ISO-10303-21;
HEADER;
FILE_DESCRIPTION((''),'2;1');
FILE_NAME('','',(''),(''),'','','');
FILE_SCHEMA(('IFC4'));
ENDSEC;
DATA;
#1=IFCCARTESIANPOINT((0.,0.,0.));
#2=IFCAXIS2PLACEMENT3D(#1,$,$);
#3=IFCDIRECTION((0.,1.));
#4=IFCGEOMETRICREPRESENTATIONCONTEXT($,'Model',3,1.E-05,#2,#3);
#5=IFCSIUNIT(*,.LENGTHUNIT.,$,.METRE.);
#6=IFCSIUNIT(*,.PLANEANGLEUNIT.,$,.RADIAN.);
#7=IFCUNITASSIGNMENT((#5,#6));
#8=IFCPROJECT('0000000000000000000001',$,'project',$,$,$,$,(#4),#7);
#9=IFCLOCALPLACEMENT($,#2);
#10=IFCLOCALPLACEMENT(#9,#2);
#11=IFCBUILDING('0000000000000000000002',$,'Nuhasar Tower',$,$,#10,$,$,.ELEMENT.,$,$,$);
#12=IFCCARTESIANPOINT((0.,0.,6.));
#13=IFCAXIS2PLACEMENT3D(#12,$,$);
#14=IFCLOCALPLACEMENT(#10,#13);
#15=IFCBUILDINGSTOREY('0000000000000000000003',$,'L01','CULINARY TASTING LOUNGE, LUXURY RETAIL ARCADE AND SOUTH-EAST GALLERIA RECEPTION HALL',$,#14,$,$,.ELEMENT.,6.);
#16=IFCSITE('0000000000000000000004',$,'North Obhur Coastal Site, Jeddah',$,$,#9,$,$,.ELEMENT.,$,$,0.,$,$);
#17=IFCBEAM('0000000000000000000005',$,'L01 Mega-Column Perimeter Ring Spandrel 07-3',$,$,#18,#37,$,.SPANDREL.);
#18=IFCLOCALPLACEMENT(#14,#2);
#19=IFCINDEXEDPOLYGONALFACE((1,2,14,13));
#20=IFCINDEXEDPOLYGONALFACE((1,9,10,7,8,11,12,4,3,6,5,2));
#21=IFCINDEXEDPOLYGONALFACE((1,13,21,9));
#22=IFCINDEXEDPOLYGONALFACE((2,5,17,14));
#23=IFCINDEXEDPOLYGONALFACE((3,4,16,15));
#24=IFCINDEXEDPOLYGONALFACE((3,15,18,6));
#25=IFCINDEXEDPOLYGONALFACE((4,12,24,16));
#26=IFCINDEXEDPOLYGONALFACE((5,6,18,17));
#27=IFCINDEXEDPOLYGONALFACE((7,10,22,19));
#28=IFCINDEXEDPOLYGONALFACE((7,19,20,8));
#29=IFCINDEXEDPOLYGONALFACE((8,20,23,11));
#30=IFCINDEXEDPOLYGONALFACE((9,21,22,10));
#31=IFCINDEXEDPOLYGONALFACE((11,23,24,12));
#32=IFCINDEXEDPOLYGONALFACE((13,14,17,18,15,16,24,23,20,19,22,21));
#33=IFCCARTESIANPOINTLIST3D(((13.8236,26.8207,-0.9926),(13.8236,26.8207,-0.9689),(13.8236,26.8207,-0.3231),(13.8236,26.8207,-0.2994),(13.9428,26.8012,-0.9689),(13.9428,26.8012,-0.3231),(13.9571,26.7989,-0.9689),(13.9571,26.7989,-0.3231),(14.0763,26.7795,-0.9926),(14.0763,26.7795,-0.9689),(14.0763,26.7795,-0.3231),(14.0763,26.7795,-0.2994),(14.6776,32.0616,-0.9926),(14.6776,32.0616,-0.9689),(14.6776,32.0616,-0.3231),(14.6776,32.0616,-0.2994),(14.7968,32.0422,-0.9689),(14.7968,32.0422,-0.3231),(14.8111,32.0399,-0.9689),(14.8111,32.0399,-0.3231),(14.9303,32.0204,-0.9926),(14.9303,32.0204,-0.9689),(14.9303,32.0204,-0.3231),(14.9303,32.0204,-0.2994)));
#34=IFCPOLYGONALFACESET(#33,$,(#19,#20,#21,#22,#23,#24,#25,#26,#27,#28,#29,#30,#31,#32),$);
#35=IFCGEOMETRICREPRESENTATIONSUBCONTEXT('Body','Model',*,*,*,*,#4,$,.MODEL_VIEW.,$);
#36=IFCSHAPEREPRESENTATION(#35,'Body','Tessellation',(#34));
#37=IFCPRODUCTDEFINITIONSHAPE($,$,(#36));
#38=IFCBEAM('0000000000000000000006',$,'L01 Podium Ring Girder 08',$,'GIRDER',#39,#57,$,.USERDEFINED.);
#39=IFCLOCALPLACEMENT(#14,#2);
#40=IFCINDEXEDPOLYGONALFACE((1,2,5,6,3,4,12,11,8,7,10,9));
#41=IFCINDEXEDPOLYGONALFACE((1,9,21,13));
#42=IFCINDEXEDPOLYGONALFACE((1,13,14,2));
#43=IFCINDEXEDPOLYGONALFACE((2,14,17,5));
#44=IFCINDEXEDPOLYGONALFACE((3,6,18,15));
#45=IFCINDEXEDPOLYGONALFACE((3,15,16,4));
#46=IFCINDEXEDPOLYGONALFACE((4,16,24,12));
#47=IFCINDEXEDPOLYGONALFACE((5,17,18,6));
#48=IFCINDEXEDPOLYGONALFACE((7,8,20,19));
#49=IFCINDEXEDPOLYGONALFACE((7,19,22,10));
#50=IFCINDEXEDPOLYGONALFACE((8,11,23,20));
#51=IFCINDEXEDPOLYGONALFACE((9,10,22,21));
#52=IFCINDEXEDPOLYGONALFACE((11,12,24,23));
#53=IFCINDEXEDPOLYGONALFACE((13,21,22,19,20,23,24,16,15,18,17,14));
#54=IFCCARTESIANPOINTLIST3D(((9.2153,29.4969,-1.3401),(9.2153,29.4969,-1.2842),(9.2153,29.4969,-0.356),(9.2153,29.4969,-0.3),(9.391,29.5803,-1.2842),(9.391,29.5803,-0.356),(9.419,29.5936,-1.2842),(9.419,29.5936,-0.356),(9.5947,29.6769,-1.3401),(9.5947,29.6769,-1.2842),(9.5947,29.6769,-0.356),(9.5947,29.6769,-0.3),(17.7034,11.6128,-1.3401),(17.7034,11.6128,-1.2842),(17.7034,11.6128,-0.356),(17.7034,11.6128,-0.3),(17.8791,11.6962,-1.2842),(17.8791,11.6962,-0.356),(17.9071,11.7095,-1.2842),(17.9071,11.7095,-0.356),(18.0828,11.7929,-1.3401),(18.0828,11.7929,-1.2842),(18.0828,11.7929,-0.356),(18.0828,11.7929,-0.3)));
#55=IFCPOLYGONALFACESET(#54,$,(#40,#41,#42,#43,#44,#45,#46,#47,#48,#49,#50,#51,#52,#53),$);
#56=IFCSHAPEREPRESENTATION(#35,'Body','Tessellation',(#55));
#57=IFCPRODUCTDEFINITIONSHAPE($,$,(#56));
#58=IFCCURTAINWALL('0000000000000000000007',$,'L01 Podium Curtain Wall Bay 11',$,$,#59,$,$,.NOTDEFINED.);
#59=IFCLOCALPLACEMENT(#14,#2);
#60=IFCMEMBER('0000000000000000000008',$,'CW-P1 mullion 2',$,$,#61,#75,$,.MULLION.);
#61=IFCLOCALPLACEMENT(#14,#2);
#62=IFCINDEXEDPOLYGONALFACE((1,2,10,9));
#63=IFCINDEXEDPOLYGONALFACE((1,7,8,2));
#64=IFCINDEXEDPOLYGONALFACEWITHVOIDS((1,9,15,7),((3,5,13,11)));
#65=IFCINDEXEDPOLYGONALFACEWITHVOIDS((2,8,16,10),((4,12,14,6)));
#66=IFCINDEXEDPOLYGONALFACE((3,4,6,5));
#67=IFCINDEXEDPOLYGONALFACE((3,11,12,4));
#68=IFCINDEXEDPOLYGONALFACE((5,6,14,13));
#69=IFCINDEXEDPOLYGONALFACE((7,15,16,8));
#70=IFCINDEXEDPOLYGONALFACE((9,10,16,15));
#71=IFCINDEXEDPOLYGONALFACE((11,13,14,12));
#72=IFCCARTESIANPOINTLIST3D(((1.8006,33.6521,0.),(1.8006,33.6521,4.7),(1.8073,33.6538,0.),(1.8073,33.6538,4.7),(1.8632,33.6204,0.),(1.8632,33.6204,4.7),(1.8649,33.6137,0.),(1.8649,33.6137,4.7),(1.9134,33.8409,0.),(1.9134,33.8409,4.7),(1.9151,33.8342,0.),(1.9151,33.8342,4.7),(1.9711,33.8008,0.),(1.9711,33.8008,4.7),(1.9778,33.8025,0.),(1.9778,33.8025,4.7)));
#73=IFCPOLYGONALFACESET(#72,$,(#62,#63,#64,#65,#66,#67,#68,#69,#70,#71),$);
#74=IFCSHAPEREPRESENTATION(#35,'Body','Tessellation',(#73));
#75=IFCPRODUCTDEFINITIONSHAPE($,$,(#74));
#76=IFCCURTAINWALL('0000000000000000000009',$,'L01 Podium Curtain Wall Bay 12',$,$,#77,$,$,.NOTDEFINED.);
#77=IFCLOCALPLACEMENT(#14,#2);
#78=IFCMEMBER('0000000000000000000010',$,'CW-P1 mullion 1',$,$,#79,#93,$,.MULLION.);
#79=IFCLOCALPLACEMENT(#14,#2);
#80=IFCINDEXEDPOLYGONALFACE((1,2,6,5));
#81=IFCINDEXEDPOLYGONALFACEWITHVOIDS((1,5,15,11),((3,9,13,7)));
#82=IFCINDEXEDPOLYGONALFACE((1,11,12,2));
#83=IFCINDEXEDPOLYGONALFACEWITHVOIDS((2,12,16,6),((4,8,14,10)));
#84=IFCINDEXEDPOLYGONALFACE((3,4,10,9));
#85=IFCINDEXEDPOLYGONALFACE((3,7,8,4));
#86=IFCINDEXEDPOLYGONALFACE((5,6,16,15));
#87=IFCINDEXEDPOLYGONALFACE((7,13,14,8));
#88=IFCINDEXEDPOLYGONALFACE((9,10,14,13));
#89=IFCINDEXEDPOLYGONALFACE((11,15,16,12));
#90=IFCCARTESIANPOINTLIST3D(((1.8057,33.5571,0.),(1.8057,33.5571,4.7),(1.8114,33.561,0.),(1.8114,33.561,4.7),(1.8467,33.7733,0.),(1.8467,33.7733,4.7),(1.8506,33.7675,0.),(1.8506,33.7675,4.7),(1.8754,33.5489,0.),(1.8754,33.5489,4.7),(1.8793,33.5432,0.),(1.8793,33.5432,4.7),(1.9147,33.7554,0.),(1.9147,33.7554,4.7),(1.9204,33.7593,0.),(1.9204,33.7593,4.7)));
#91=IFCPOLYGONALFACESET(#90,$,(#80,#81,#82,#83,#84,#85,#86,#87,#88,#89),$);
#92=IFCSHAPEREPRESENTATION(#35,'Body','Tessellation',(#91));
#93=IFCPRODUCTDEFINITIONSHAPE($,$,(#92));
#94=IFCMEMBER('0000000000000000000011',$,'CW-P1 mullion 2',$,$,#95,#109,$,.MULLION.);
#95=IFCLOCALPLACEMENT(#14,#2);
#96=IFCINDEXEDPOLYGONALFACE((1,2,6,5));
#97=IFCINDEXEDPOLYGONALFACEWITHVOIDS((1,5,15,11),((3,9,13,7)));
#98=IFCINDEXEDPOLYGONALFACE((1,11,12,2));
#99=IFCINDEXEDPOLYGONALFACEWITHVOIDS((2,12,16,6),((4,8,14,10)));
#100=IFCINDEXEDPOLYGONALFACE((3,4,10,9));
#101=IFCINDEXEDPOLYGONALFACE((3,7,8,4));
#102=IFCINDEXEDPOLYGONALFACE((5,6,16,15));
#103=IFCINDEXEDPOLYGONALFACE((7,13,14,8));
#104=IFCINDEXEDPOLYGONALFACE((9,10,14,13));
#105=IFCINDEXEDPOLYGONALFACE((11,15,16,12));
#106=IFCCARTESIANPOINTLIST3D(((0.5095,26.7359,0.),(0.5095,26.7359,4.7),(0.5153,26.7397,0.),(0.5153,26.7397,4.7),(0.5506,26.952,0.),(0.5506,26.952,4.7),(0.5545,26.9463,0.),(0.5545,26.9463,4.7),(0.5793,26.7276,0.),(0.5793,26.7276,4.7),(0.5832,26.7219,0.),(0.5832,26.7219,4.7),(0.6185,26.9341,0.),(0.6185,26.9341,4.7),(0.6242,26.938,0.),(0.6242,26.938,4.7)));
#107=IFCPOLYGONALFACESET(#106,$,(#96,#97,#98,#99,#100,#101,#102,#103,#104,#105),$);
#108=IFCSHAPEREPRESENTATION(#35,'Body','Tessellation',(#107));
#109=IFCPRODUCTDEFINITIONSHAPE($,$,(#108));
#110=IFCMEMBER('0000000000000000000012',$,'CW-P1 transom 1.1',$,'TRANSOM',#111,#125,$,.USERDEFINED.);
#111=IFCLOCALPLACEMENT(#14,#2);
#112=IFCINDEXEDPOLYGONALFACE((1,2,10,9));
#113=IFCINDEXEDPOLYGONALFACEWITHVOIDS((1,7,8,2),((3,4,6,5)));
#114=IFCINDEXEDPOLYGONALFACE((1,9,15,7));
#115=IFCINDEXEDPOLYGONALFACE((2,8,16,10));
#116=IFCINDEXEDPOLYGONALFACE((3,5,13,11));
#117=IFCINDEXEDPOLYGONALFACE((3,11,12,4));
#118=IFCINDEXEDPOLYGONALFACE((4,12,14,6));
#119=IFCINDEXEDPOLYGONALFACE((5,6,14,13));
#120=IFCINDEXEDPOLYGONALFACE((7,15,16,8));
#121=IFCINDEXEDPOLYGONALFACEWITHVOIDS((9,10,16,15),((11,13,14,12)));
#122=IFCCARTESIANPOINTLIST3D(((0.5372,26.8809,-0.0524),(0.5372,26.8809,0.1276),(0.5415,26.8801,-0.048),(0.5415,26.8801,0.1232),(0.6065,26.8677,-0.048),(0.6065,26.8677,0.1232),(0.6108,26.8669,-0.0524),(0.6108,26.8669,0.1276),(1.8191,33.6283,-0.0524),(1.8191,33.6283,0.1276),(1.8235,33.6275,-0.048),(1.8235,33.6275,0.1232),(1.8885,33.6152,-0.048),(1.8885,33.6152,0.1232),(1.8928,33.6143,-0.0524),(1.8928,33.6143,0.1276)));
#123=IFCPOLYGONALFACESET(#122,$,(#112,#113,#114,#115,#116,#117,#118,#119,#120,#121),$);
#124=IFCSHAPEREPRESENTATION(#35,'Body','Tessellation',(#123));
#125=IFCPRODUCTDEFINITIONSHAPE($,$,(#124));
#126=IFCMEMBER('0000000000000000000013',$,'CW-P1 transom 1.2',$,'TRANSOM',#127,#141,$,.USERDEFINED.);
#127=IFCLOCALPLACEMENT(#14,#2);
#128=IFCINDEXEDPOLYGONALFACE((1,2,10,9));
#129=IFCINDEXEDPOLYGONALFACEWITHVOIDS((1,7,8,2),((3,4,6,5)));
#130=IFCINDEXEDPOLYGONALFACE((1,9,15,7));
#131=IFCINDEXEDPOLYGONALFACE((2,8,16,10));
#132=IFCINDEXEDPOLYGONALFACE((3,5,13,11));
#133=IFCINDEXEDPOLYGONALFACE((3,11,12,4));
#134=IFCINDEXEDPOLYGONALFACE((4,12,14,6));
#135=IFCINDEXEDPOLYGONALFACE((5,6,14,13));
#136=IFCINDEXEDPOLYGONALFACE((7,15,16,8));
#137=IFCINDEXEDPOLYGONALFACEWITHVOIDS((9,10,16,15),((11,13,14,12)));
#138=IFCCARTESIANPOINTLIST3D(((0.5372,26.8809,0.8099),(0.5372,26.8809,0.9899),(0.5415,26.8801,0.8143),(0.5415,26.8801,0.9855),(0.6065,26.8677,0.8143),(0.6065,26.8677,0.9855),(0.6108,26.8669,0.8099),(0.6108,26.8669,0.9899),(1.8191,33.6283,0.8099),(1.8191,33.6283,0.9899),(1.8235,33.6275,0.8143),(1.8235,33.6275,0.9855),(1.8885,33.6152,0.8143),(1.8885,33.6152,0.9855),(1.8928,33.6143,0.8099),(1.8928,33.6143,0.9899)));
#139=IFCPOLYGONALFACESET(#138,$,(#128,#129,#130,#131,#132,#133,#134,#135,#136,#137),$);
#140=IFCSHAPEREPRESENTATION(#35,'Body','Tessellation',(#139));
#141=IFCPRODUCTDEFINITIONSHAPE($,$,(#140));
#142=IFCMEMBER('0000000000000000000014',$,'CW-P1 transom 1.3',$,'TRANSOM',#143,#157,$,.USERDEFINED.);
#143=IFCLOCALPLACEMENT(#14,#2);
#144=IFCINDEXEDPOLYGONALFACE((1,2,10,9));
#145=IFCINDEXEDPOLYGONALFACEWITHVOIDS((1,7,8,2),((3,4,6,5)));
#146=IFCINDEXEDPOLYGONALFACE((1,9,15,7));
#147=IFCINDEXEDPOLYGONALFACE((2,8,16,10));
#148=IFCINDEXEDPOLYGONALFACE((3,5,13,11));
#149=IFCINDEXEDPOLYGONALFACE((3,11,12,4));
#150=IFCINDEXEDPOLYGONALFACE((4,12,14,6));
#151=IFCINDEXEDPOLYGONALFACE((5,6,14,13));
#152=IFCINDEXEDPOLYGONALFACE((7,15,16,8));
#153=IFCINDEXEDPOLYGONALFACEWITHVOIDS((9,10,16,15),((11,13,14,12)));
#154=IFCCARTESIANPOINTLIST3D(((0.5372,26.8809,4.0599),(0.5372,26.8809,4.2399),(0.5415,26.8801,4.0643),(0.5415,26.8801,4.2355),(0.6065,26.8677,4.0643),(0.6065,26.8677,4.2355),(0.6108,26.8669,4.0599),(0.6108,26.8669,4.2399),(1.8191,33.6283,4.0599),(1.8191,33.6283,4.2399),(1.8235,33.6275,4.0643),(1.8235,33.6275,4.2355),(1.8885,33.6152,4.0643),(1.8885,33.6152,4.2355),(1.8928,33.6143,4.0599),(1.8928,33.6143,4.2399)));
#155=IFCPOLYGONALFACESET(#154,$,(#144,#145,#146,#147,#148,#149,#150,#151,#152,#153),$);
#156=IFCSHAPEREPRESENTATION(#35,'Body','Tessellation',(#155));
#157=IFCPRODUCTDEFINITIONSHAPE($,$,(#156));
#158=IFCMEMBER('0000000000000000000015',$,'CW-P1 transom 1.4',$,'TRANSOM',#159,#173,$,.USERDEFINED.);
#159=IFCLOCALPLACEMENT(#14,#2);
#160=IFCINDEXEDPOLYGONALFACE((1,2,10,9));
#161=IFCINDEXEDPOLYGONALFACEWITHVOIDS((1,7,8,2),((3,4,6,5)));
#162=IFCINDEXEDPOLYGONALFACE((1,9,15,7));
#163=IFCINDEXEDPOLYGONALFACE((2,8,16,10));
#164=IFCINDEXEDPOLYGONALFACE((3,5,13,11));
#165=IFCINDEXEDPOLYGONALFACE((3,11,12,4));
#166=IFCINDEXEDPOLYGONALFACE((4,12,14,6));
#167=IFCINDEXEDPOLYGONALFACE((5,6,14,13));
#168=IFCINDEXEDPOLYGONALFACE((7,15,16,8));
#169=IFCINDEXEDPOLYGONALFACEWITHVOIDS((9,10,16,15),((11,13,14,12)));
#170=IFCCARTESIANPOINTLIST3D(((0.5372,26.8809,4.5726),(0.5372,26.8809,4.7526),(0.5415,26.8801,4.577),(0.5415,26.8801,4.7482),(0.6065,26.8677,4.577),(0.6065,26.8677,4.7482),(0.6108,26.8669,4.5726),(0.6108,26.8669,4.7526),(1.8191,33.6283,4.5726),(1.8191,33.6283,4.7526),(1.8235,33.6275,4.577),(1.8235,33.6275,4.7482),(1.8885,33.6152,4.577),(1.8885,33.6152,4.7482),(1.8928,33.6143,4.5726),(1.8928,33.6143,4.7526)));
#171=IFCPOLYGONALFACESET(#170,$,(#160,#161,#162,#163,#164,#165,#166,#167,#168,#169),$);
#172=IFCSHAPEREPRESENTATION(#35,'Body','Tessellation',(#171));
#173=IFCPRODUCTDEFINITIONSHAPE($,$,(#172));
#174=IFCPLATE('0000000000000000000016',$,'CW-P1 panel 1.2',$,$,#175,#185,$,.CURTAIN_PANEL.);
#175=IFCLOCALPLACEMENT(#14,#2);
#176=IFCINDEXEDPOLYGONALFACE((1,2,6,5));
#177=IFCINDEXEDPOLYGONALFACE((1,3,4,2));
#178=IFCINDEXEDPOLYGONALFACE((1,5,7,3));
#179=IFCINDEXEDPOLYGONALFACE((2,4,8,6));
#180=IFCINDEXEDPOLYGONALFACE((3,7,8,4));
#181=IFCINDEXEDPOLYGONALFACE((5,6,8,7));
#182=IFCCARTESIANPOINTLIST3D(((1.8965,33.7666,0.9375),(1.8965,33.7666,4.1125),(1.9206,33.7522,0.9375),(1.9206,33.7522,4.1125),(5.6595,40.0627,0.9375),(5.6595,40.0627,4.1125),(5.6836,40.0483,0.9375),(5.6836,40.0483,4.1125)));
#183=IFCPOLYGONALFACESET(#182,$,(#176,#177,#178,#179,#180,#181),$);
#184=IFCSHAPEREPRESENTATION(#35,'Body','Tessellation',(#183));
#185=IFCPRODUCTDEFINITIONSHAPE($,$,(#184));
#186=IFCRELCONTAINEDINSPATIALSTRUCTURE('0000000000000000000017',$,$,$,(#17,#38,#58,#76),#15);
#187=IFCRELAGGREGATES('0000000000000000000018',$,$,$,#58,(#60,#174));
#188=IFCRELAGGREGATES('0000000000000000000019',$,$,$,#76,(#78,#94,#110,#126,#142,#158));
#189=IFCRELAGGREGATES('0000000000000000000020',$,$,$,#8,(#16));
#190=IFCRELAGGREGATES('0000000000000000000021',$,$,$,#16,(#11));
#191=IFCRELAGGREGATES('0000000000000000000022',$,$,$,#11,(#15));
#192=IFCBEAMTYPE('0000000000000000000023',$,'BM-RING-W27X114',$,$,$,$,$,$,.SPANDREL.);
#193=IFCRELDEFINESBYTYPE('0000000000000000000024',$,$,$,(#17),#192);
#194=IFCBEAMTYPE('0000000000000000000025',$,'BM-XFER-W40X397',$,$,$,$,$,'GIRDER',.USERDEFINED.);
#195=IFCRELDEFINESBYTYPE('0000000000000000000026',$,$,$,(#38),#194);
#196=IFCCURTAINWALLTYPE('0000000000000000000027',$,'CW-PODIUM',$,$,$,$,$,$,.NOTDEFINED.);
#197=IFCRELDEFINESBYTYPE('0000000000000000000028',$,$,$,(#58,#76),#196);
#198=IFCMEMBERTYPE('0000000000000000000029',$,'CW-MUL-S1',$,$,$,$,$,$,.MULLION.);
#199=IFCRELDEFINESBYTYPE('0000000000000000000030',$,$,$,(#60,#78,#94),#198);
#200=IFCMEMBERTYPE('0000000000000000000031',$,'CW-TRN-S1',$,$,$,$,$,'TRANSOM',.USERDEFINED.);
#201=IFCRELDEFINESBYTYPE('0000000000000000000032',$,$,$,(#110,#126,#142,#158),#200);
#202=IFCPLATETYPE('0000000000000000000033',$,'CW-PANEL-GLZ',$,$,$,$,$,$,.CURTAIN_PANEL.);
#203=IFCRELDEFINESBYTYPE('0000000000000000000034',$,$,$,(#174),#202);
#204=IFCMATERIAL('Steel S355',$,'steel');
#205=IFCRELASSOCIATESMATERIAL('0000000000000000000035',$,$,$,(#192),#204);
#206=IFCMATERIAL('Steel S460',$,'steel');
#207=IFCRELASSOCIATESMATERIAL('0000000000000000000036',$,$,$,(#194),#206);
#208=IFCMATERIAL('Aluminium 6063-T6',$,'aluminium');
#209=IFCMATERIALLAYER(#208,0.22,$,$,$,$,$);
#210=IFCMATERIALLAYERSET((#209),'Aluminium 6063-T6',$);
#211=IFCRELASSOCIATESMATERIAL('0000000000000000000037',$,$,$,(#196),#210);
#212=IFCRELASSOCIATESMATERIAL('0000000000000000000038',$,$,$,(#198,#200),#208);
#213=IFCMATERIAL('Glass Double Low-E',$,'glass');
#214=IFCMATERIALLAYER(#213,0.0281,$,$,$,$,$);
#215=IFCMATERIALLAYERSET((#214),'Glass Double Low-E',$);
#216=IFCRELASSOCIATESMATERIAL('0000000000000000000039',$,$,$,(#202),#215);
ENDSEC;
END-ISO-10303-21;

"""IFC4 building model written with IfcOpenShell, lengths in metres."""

from ifc_helpers import new_model, si_unit, direction, frame, origin, origin_2d, place, context, subcontext, project, spatial, rectangle, hollow_rectangle, i_section, extrude, material, layer, layer_set, material_profile, profile_set, type_object, element, aggregate, save


model = new_model("IFC4")

# Units and contexts
model_context = context("Model", 3, precision=1e-05, world=origin(), true_north=direction((0.0, 1.0)))
body_context = subcontext(model_context, "Body", "Model", "MODEL_VIEW")
ifc_project = project(units=[si_unit("LENGTHUNIT", "METRE"), si_unit("PLANEANGLEUNIT", "RADIAN")], contexts=[model_context])

# Site, building, storey
site_placement = place(None, origin())
site = spatial("IfcSite", under=ifc_project, at=site_placement, Name="North Obhur Coastal Site, Jeddah", CompositionType="ELEMENT", RefElevation=0.0)
building_placement = place(site_placement, origin())
building = spatial("IfcBuilding", under=site, at=building_placement, Name="Nuhasar Tower", CompositionType="ELEMENT")
storey_placement = place(building_placement, frame((0.0, 0.0, 6.0)))
storey = spatial("IfcBuildingStorey", under=building, at=storey_placement, Name="L01", Description="CULINARY TASTING LOUNGE, LUXURY RETAIL ARCADE AND SOUTH-EAST GALLERIA RECEPTION HALL", CompositionType="ELEMENT", Elevation=6.0)

# Beams
ifc_material_1 = material(Name="Steel S355", Category="steel")
ifc_material_profile_1 = material_profile(ifc_material_1, i_section(OverallWidth=0.2561, OverallDepth=0.6931, WebThickness=0.0144, FlangeThickness=0.0237, at=origin_2d()), Name="W27X114")
ifc_profile_set_1 = profile_set([ifc_material_profile_1], Name="Steel S355")
beam_type_1 = type_object("IfcBeamType", Name="BM-RING-W27X114", PredefinedType="SPANDREL", material=ifc_profile_set_1)
beam_1_placement = place(storey_placement, frame((14.804, 32.041, -0.646), z_axis=(-0.160827, -0.986983, 0.0), x_axis=(0.986983, -0.160827, 0.0)))
element("IfcBeam", 1, at=beam_1_placement, inside=storey, type_object=beam_type_1, Name="L01 Mega-Column Perimeter Ring Spandrel 07-3", PredefinedType="SPANDREL", context=body_context, shape_type="SweptSolid", body=[
    extrude(i_section(OverallWidth=0.2561, OverallDepth=0.6931, WebThickness=0.0144, FlangeThickness=0.0237, at=origin_2d()), origin(), (0.0, 0.0, 1.0), 5.3101),
])
ifc_material_2 = material(Name="Steel S460", Category="steel")
ifc_material_profile_2 = material_profile(ifc_material_2, i_section(OverallWidth=0.4199, OverallDepth=1.04, WebThickness=0.031, FlangeThickness=0.0559, at=origin_2d()), Name="W40X397")
ifc_profile_set_2 = profile_set([ifc_material_profile_2], Name="Steel S460")
beam_type_2 = type_object("IfcBeamType", Name="BM-XFER-W40X397", ElementType="GIRDER", PredefinedType="USERDEFINED", material=ifc_profile_set_2)
beam_2_placement = place(storey_placement, frame((9.405, 29.5869, -0.8201), z_axis=(0.428773, -0.903412, 0.0), x_axis=(0.903412, 0.428773, 0.0)))
element("IfcBeam", 2, at=beam_2_placement, inside=storey, type_object=beam_type_2, Name="L01 Podium Ring Girder 08", ObjectType="GIRDER", PredefinedType="USERDEFINED", context=body_context, shape_type="SweptSolid", body=[
    extrude(i_section(OverallWidth=0.4199, OverallDepth=1.04, WebThickness=0.031, FlangeThickness=0.0559, at=origin_2d()), origin(), (0.0, 0.0, 1.0), 19.7961),
])

# Curtain wall, member
ifc_material_3 = material(Name="Aluminium 6063-T6", Category="aluminium")
ifc_layer_1 = layer(ifc_material_3, 0.22)
ifc_layer_set_1 = layer_set([ifc_layer_1], Name="Aluminium 6063-T6")
curtain_wall_type = type_object("IfcCurtainWallType", Name="CW-PODIUM", PredefinedType="NOTDEFINED", material=ifc_layer_set_1)
curtain_wall_1_placement = place(storey_placement, origin())
curtain_wall_1 = element("IfcCurtainWall", 3, at=curtain_wall_1_placement, inside=storey, type_object=curtain_wall_type, Name="L01 Podium Curtain Wall Bay 11", PredefinedType="NOTDEFINED")
ifc_material_profile_3 = material_profile(ifc_material_3, hollow_rectangle(XDim=0.075, YDim=0.22, WallThickness=0.0049, at=origin_2d()), Name="CWM-1")
ifc_profile_set_3 = profile_set([ifc_material_profile_3], Name="Aluminium 6063-T6")
member_type_1 = type_object("IfcMemberType", Name="CW-MUL-S1", PredefinedType="MULLION", material=ifc_profile_set_3)
member_1_placement = place(storey_placement, frame((1.8892, 33.7273, 0.0), z_axis=(0.0, 0.0, 1.0), x_axis=(0.858376, -0.513021, 0.0)))
member_1 = element("IfcMember", 4, at=member_1_placement, type_object=member_type_1, Name="CW-P1 mullion 2", PredefinedType="MULLION", context=body_context, shape_type="SweptSolid", body=[
    extrude(hollow_rectangle(XDim=0.075, YDim=0.22, WallThickness=0.0049, at=origin_2d()), origin(), (0.0, 0.0, 1.0), 4.7),
])

# Curtain wall, members
curtain_wall_2_placement = place(storey_placement, origin())
curtain_wall_2 = element("IfcCurtainWall", 5, at=curtain_wall_2_placement, inside=storey, type_object=curtain_wall_type, Name="L01 Podium Curtain Wall Bay 12", PredefinedType="NOTDEFINED")
member_2_placement = place(storey_placement, frame((1.863, 33.6582, 0.0), z_axis=(0.0, 0.0, 1.0), x_axis=(0.982426, -0.186654, 0.0)))
member_2 = element("IfcMember", 6, at=member_2_placement, type_object=member_type_1, Name="CW-P1 mullion 1", PredefinedType="MULLION", context=body_context, shape_type="SweptSolid", body=[
    extrude(hollow_rectangle(XDim=0.075, YDim=0.22, WallThickness=0.0049, at=origin_2d()), origin(), (0.0, 0.0, 1.0), 4.7),
])
member_3_placement = place(storey_placement, frame((0.5669, 26.8369, 0.0), z_axis=(0.0, 0.0, 1.0), x_axis=(0.982426, -0.186654, 0.0)))
member_3 = element("IfcMember", 7, at=member_3_placement, type_object=member_type_1, Name="CW-P1 mullion 2", PredefinedType="MULLION", context=body_context, shape_type="SweptSolid", body=[
    extrude(hollow_rectangle(XDim=0.075, YDim=0.22, WallThickness=0.0049, at=origin_2d()), origin(), (0.0, 0.0, 1.0), 4.7),
])
ifc_material_profile_4 = material_profile(ifc_material_3, hollow_rectangle(XDim=0.075, YDim=0.1799, WallThickness=0.0044, at=origin_2d()), Name="CWT-1")
ifc_profile_set_4 = profile_set([ifc_material_profile_4], Name="Aluminium 6063-T6")
member_type_2 = type_object("IfcMemberType", Name="CW-TRN-S1", ElementType="TRANSOM", PredefinedType="USERDEFINED", material=ifc_profile_set_4)
member_4_placement = place(storey_placement, frame((1.856, 33.6213, 0.0376), z_axis=(-0.186653, -0.982426, 0.0), x_axis=(0.982426, -0.186653, 0.0)))
member_4 = element("IfcMember", 8, at=member_4_placement, type_object=member_type_2, Name="CW-P1 transom 1.1", ObjectType="TRANSOM", PredefinedType="USERDEFINED", context=body_context, shape_type="SweptSolid", body=[
    extrude(hollow_rectangle(XDim=0.075, YDim=0.1799, WallThickness=0.0044, at=origin_2d()), origin(), (0.0, 0.0, 1.0), 6.8682),
])
member_5_placement = place(storey_placement, frame((1.856, 33.6213, 0.8999), z_axis=(-0.186653, -0.982426, 0.0), x_axis=(0.982426, -0.186653, 0.0)))
member_5 = element("IfcMember", 9, at=member_5_placement, type_object=member_type_2, Name="CW-P1 transom 1.2", ObjectType="TRANSOM", PredefinedType="USERDEFINED", context=body_context, shape_type="SweptSolid", body=[
    extrude(hollow_rectangle(XDim=0.075, YDim=0.1799, WallThickness=0.0044, at=origin_2d()), origin(), (0.0, 0.0, 1.0), 6.8682),
])
member_6_placement = place(storey_placement, frame((1.856, 33.6213, 4.1499), z_axis=(-0.186653, -0.982426, 0.0), x_axis=(0.982426, -0.186653, 0.0)))
member_6 = element("IfcMember", 10, at=member_6_placement, type_object=member_type_2, Name="CW-P1 transom 1.3", ObjectType="TRANSOM", PredefinedType="USERDEFINED", context=body_context, shape_type="SweptSolid", body=[
    extrude(hollow_rectangle(XDim=0.075, YDim=0.1799, WallThickness=0.0044, at=origin_2d()), origin(), (0.0, 0.0, 1.0), 6.8682),
])
member_7_placement = place(storey_placement, frame((1.856, 33.6213, 4.6626), z_axis=(-0.186653, -0.982426, 0.0), x_axis=(0.982426, -0.186653, 0.0)))
member_7 = element("IfcMember", 11, at=member_7_placement, type_object=member_type_2, Name="CW-P1 transom 1.4", ObjectType="TRANSOM", PredefinedType="USERDEFINED", context=body_context, shape_type="SweptSolid", body=[
    extrude(hollow_rectangle(XDim=0.075, YDim=0.1799, WallThickness=0.0044, at=origin_2d()), origin(), (0.0, 0.0, 1.0), 6.8682),
])

# Plate
ifc_material_4 = material(Name="Glass Double Low-E", Category="glass")
ifc_layer_2 = layer(ifc_material_4, 0.0281)
ifc_layer_set_2 = layer_set([ifc_layer_2], Name="Glass Double Low-E")
plate_type_1 = type_object("IfcPlateType", Name="CW-PANEL-GLZ", PredefinedType="CURTAIN_PANEL", material=ifc_layer_set_2)
plate_1_placement = place(storey_placement, frame((3.79, 36.9075, 0.9375), z_axis=(0.0, 0.0, 1.0), x_axis=(-0.513021, -0.858376, 0.0)))
plate_1 = element("IfcPlate", 12, at=plate_1_placement, type_object=plate_type_1, Name="CW-P1 panel 1.2", PredefinedType="CURTAIN_PANEL", context=body_context, shape_type="SweptSolid", body=[
    extrude(rectangle(XDim=7.335, YDim=0.0281, at=origin_2d()), origin(), (0.0, 0.0, 1.0), 3.175),
])
aggregate(curtain_wall_1, [member_1, plate_1])
aggregate(curtain_wall_2, [member_2, member_3, member_4, member_5, member_6, member_7])

save(model, "model.ifc")
